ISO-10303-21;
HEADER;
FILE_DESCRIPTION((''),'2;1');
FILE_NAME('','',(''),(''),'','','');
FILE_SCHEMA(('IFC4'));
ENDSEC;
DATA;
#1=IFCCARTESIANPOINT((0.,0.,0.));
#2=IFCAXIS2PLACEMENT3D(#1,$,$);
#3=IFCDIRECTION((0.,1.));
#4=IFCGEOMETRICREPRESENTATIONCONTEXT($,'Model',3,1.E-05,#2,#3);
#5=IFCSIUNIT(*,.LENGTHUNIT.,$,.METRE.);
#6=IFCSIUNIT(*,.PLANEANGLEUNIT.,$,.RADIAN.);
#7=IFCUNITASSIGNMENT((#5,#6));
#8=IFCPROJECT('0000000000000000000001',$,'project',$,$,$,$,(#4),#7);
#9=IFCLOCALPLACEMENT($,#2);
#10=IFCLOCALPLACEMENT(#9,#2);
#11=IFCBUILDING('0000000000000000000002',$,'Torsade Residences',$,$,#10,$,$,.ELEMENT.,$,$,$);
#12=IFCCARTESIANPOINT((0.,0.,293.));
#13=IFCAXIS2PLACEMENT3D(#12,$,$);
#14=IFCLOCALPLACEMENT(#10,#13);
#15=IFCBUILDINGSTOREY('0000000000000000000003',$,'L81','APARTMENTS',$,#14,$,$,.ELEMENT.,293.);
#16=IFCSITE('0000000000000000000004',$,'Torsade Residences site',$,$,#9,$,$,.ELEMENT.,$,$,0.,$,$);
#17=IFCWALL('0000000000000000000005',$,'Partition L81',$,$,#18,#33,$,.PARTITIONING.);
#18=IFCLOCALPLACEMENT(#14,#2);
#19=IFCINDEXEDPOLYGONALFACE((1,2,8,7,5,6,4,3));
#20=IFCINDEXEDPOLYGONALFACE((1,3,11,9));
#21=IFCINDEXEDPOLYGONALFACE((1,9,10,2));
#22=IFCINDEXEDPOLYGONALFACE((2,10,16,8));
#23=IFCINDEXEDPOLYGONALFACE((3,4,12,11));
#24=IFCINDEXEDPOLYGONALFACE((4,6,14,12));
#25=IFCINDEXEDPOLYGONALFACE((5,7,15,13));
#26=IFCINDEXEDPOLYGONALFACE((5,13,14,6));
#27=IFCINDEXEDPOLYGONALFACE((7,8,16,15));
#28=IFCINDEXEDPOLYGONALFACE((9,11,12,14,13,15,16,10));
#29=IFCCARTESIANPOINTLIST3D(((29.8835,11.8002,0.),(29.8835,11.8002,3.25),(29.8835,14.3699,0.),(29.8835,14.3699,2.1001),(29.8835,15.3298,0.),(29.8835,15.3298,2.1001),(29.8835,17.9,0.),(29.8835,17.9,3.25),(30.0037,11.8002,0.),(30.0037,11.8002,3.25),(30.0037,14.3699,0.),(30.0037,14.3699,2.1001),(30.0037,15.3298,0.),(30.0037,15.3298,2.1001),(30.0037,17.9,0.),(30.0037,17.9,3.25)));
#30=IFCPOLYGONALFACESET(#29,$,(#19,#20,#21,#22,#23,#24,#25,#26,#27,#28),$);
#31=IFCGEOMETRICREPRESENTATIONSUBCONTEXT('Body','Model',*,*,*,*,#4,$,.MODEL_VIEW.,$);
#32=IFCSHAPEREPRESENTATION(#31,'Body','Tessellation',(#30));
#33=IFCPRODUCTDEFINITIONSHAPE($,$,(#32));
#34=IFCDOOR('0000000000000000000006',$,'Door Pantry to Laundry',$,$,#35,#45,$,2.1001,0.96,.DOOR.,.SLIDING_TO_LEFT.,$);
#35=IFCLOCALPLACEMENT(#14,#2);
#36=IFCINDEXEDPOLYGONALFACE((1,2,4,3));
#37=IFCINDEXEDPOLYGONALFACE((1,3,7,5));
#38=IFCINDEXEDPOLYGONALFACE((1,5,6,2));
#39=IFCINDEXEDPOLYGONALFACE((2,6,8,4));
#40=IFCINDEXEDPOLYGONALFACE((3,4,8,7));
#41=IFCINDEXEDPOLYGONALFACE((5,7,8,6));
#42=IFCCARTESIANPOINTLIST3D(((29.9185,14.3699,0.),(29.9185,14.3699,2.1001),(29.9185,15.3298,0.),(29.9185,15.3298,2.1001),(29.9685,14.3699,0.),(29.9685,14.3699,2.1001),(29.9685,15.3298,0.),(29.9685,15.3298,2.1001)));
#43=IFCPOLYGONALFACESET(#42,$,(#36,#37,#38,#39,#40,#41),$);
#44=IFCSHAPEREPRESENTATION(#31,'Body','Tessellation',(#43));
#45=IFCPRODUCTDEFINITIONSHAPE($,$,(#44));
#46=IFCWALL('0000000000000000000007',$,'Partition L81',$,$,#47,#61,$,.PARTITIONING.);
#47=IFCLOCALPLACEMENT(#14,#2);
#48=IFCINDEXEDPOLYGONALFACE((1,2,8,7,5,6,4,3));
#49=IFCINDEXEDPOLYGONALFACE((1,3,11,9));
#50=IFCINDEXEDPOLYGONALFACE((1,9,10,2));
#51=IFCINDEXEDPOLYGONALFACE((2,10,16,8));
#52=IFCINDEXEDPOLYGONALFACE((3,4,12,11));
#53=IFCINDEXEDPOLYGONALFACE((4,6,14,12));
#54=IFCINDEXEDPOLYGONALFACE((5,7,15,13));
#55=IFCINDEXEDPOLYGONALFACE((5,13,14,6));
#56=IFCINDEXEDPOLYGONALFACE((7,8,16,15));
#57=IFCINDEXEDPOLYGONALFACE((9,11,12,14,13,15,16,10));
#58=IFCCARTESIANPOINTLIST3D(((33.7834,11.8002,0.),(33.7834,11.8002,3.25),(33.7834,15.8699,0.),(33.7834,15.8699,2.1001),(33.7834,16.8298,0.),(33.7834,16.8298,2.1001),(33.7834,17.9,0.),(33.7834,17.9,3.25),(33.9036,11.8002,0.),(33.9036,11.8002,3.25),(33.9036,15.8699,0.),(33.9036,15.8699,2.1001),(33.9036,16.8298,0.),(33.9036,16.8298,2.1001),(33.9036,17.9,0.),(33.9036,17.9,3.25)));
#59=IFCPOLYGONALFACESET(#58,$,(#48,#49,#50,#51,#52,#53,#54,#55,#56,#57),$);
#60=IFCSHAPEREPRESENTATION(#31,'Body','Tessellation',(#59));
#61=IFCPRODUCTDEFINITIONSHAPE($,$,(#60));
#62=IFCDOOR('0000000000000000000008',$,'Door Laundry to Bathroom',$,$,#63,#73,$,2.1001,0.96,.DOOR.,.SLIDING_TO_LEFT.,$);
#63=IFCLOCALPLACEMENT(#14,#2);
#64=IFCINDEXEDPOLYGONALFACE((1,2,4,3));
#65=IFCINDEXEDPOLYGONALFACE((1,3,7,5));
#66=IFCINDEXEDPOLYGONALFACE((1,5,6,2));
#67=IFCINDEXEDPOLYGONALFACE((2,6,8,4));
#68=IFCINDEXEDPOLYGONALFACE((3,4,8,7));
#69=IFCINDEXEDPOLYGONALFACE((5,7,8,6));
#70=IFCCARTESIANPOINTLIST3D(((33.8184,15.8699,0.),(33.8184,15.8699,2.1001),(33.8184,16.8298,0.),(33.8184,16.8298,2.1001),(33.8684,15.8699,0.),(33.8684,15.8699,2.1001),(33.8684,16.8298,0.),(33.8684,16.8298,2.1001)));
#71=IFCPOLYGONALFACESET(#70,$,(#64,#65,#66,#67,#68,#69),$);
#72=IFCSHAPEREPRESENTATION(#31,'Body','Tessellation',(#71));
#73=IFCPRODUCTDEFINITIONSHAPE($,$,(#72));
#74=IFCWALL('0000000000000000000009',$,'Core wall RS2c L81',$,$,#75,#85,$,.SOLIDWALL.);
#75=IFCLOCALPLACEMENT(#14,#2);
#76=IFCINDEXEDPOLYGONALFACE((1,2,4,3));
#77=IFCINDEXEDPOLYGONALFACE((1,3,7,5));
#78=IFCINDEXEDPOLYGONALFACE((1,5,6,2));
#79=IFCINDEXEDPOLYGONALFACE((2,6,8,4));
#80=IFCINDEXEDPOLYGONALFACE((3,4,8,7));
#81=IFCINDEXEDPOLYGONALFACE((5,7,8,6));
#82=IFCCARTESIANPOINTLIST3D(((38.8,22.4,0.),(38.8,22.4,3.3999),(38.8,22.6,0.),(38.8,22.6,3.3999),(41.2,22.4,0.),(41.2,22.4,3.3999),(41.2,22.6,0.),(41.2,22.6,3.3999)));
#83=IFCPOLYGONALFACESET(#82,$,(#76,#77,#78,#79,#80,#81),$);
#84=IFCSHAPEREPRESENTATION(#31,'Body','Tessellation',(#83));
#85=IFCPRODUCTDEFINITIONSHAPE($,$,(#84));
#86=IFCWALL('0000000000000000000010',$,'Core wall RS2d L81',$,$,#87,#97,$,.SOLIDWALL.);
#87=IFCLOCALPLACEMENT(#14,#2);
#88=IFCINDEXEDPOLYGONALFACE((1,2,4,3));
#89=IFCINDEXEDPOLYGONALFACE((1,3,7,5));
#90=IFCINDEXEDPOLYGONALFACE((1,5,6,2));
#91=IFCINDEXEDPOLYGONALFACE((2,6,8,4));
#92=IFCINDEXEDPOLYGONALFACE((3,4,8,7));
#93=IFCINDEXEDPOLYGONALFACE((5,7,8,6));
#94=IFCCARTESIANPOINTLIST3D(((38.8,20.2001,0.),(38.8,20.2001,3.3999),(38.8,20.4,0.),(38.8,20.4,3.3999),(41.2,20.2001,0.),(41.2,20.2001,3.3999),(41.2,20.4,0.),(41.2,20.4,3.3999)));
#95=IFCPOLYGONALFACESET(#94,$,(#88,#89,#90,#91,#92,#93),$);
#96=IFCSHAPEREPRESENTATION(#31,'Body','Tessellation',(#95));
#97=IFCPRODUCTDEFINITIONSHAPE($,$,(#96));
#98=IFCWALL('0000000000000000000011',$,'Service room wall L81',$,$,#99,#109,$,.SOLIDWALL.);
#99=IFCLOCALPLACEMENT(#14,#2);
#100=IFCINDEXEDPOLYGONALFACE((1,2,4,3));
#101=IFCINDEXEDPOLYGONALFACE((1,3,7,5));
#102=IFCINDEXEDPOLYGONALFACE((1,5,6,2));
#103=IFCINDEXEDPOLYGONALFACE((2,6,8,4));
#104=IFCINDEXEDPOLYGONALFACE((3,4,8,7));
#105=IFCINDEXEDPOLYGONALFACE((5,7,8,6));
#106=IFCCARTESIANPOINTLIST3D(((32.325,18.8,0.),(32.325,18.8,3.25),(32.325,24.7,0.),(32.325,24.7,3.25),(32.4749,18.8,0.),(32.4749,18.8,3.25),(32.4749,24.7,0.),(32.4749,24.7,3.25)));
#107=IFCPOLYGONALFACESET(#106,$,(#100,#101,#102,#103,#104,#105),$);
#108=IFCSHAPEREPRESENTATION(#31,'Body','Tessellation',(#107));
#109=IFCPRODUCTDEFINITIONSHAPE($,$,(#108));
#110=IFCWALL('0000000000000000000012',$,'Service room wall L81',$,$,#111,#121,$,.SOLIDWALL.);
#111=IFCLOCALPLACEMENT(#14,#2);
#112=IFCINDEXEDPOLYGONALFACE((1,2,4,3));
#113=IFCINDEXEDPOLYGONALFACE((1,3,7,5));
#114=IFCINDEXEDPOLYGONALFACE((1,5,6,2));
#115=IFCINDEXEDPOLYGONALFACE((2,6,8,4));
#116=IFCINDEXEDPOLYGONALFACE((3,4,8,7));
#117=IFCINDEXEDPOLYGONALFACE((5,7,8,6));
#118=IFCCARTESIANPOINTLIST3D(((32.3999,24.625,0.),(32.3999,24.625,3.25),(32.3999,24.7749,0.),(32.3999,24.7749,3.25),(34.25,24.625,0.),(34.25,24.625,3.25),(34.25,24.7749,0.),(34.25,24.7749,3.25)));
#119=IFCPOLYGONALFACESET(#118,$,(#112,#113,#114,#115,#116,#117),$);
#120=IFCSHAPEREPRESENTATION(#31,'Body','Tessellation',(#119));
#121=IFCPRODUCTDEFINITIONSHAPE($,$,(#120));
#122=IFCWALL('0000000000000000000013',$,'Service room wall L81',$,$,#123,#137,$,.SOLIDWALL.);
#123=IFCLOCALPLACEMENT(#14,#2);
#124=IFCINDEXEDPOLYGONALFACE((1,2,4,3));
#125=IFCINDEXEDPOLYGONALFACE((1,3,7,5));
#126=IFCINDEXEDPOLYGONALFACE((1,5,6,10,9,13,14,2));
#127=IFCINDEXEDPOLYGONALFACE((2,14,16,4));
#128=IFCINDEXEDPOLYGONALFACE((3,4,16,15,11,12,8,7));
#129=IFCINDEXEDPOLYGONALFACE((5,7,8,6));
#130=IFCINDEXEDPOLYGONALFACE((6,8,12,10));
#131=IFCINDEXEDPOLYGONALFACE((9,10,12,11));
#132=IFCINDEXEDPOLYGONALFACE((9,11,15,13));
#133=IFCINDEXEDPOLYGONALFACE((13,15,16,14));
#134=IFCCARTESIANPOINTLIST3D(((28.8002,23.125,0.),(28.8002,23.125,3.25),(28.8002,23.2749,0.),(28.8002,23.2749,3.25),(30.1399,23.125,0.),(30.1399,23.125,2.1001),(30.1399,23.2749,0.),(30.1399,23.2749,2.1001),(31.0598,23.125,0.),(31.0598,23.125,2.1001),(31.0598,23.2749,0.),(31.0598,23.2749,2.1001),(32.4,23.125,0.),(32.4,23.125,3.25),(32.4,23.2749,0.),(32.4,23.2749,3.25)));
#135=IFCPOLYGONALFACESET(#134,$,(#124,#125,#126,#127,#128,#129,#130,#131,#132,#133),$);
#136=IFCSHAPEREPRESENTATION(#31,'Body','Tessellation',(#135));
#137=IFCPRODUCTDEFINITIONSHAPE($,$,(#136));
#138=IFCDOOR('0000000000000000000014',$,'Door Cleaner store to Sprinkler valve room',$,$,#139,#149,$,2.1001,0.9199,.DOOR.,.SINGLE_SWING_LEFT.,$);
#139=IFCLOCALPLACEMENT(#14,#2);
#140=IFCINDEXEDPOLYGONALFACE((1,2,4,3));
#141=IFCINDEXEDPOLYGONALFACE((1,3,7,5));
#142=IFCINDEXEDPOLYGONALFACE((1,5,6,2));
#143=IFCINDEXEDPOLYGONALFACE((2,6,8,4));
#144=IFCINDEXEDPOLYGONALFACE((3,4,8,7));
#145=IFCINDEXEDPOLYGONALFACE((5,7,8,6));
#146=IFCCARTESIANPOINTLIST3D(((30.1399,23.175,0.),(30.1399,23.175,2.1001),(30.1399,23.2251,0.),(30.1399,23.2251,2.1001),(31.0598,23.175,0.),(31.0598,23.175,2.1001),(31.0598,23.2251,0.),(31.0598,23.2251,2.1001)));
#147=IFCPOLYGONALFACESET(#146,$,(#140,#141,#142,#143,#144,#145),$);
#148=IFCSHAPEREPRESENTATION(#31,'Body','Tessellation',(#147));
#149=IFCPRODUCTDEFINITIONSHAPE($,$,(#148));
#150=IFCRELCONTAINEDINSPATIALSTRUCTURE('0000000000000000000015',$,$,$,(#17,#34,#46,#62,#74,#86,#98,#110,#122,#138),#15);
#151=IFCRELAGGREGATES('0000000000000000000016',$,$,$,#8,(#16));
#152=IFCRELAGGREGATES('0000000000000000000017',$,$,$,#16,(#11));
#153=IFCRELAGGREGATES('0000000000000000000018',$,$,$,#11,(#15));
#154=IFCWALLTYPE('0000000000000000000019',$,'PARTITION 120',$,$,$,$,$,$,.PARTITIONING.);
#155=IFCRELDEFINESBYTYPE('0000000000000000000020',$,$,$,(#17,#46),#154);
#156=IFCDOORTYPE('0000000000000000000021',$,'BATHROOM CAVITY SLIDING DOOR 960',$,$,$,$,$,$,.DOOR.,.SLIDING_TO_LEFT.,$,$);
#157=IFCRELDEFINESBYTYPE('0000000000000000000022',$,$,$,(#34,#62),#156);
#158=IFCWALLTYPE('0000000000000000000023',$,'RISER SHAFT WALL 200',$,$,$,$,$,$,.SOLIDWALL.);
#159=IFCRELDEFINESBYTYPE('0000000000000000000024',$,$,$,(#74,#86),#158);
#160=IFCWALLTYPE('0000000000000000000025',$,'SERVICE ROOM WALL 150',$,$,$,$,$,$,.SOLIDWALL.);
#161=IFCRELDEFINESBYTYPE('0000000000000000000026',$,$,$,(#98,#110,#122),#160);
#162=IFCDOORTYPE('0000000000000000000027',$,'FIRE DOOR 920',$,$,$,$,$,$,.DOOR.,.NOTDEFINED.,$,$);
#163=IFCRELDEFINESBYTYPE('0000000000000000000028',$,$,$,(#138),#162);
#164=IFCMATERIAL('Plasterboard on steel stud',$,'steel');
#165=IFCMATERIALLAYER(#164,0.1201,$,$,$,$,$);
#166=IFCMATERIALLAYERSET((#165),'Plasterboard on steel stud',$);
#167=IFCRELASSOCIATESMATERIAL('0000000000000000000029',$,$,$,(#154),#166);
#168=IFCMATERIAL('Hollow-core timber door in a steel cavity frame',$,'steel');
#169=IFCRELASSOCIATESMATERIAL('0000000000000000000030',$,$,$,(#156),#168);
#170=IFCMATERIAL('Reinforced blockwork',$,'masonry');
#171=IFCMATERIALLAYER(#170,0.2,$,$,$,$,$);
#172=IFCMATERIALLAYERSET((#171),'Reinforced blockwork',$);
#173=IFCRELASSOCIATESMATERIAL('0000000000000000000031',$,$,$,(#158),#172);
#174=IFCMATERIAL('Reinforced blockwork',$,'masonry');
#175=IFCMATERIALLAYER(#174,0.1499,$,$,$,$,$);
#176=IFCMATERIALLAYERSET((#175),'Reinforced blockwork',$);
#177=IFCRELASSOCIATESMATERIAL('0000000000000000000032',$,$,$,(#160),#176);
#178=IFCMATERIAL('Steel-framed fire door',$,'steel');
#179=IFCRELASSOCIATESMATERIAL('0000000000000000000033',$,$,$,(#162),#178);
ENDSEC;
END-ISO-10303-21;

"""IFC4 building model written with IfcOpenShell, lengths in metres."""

from ifc_helpers import new_model, si_unit, direction, frame, frame_2d, origin, place, context, subcontext, project, spatial, rectangle, extrude, material, layer, layer_set, type_object, element, fill, save


model = new_model("IFC4")

# Units and contexts
model_context = context("Model", 3, precision=1e-05, world=origin(), true_north=direction((0.0, 1.0)))
body_context = subcontext(model_context, "Body", "Model", "MODEL_VIEW")
ifc_project = project(units=[si_unit("LENGTHUNIT", "METRE"), si_unit("PLANEANGLEUNIT", "RADIAN")], contexts=[model_context])

# Site, building, storey
site_placement = place(None, origin())
site = spatial("IfcSite", under=ifc_project, at=site_placement, Name="Torsade Residences site", CompositionType="ELEMENT", RefElevation=0.0)
building_placement = place(site_placement, origin())
building = spatial("IfcBuilding", under=site, at=building_placement, Name="Torsade Residences", CompositionType="ELEMENT")
storey_placement = place(building_placement, frame((0.0, 0.0, 293.0)))
storey = spatial("IfcBuildingStorey", under=building, at=storey_placement, Name="L81", Description="APARTMENTS", CompositionType="ELEMENT", Elevation=293.0)

# Walls, openings, doors
ifc_material_1 = material(Name="Plasterboard on steel stud", Category="steel")
ifc_layer_1 = layer(ifc_material_1, 0.1201)
ifc_layer_set_1 = layer_set([ifc_layer_1], Name="Plasterboard on steel stud")
wall_type_1 = type_object("IfcWallType", Name="PARTITION 120", PredefinedType="PARTITIONING", material=ifc_layer_set_1)
wall_1_placement = place(storey_placement, frame((29.9436, 17.8999, 0.0), z_axis=(0.0, 0.0, 1.0), x_axis=(0.0, -1.0, 0.0)))
wall_1 = element("IfcWall", 1, at=wall_1_placement, inside=storey, type_object=wall_type_1, Name="Partition L81", PredefinedType="PARTITIONING", context=body_context, shape_type="SweptSolid", body=[
    extrude(rectangle(XDim=6.0999, YDim=0.1201, at=frame_2d((3.0498, 0.0))), origin(), (0.0, 0.0, 1.0), 3.25),
])
opening_1_placement = place(wall_1_placement, frame((2.5701, 0.0, 0.0)))
opening_1 = element("IfcOpeningElement", 2, at=opening_1_placement, cuts=wall_1, PredefinedType="OPENING", context=body_context, shape_type="SweptSolid", body=[
    extrude(rectangle(XDim=0.96, YDim=2.1001, at=frame_2d((0.48, 1.05))), frame((0.0, 0.0701, 0.0), z_axis=(0.0, -1.0, 0.0), x_axis=(1.0, 0.0, 0.0)), (0.0, 0.0, 1.0), 0.1401),
])
ifc_material_2 = material(Name="Hollow-core timber door in a steel cavity frame", Category="steel")
door_type_1 = type_object("IfcDoorType", Name="BATHROOM CAVITY SLIDING DOOR 960", OperationType="SLIDING_TO_LEFT", PredefinedType="DOOR", material=ifc_material_2)
door_1_placement = place(opening_1_placement, origin())
door_1 = element("IfcDoor", 3, at=door_1_placement, inside=storey, type_object=door_type_1, Name="Door Pantry to Laundry", OperationType="SLIDING_TO_LEFT", OverallHeight=2.1001, OverallWidth=0.96, PredefinedType="DOOR", context=body_context, shape_type="SweptSolid", body=[
    extrude(rectangle(XDim=0.96, YDim=2.1001, at=frame_2d((0.48, 1.05))), frame((0.0, 0.0249, 0.0), z_axis=(0.0, -1.0, 0.0), x_axis=(1.0, 0.0, 0.0)), (0.0, 0.0, 1.0), 0.05),
])
fill(opening_1, door_1)
wall_2_placement = place(storey_placement, frame((33.8435, 17.8999, 0.0), z_axis=(0.0, 0.0, 1.0), x_axis=(0.0, -1.0, 0.0)))
wall_2 = element("IfcWall", 4, at=wall_2_placement, inside=storey, type_object=wall_type_1, Name="Partition L81", PredefinedType="PARTITIONING", context=body_context, shape_type="SweptSolid", body=[
    extrude(rectangle(XDim=6.0999, YDim=0.1201, at=frame_2d((3.0498, 0.0))), origin(), (0.0, 0.0, 1.0), 3.25),
])
opening_2_placement = place(wall_2_placement, frame((1.0701, 0.0, 0.0)))
opening_2 = element("IfcOpeningElement", 5, at=opening_2_placement, cuts=wall_2, PredefinedType="OPENING", context=body_context, shape_type="SweptSolid", body=[
    extrude(rectangle(XDim=0.96, YDim=2.1001, at=frame_2d((0.48, 1.05))), frame((0.0, 0.0701, 0.0), z_axis=(0.0, -1.0, 0.0), x_axis=(1.0, 0.0, 0.0)), (0.0, 0.0, 1.0), 0.1401),
])
door_2_placement = place(opening_2_placement, origin())
door_2 = element("IfcDoor", 6, at=door_2_placement, inside=storey, type_object=door_type_1, Name="Door Laundry to Bathroom", OperationType="SLIDING_TO_LEFT", OverallHeight=2.1001, OverallWidth=0.96, PredefinedType="DOOR", context=body_context, shape_type="SweptSolid", body=[
    extrude(rectangle(XDim=0.96, YDim=2.1001, at=frame_2d((0.48, 1.05))), frame((0.0, 0.0249, 0.0), z_axis=(0.0, -1.0, 0.0), x_axis=(1.0, 0.0, 0.0)), (0.0, 0.0, 1.0), 0.05),
])
fill(opening_2, door_2)

# Walls
ifc_material_3 = material(Name="Reinforced blockwork", Category="masonry")
ifc_layer_2 = layer(ifc_material_3, 0.2)
ifc_layer_set_2 = layer_set([ifc_layer_2], Name="Reinforced blockwork")
wall_type_2 = type_object("IfcWallType", Name="RISER SHAFT WALL 200", PredefinedType="SOLIDWALL", material=ifc_layer_set_2)
for number, where, z_axis, x_axis, name in (
    (7, (38.8, 22.5, 0.0), (0.0, 0.0, 1.0), (1.0, 0.0, 0.0), "Core wall RS2c L81"),
    (8, (38.8, 20.3, 0.0), (0.0, 0.0, 1.0), (1.0, 0.0, 0.0), "Core wall RS2d L81"),
):
    element("IfcWall", number, at=place(storey_placement, frame(where, z_axis=z_axis, x_axis=x_axis)), inside=storey, type_object=wall_type_2, Name=name, PredefinedType="SOLIDWALL", context=body_context, shape_type="SweptSolid", body=[
        extrude(rectangle(XDim=2.3999, YDim=0.2, at=frame_2d((1.2, 0.0))), origin(), (0.0, 0.0, 1.0), 3.3999),
    ])
ifc_material_4 = material(Name="Reinforced blockwork", Category="masonry")
ifc_layer_3 = layer(ifc_material_4, 0.1499)
ifc_layer_set_3 = layer_set([ifc_layer_3], Name="Reinforced blockwork")
wall_type_3 = type_object("IfcWallType", Name="SERVICE ROOM WALL 150", PredefinedType="SOLIDWALL", material=ifc_layer_set_3)
wall_3_placement = place(storey_placement, frame((32.3999, 18.8, 0.0), z_axis=(0.0, 0.0, 1.0), x_axis=(0.0, 1.0, 0.0)))
element("IfcWall", 9, at=wall_3_placement, inside=storey, type_object=wall_type_3, Name="Service room wall L81", PredefinedType="SOLIDWALL", context=body_context, shape_type="SweptSolid", body=[
    extrude(rectangle(XDim=5.8999, YDim=0.1499, at=frame_2d((2.95, 0.0))), origin(), (0.0, 0.0, 1.0), 3.25),
])
wall_4_placement = place(storey_placement, frame((32.3999, 24.7, 0.0), z_axis=(0.0, 0.0, 1.0), x_axis=(1.0, 0.0, 0.0)))
element("IfcWall", 10, at=wall_4_placement, inside=storey, type_object=wall_type_3, Name="Service room wall L81", PredefinedType="SOLIDWALL", context=body_context, shape_type="SweptSolid", body=[
    extrude(rectangle(XDim=1.8501, YDim=0.1499, at=frame_2d((0.925, 0.0))), origin(), (0.0, 0.0, 1.0), 3.25),
])

# Wall, opening, door
wall_5_placement = place(storey_placement, frame((32.3999, 23.2, 0.0), z_axis=(0.0, 0.0, 1.0), x_axis=(-1.0, 0.0, 0.0)))
wall_5 = element("IfcWall", 11, at=wall_5_placement, inside=storey, type_object=wall_type_3, Name="Service room wall L81", PredefinedType="SOLIDWALL", context=body_context, shape_type="SweptSolid", body=[
    extrude(rectangle(XDim=3.5999, YDim=0.1499, at=frame_2d((1.7998, 0.0))), origin(), (0.0, 0.0, 1.0), 3.25),
])
opening_3_placement = place(wall_5_placement, frame((1.3401, 0.0, 0.0)))
opening_3 = element("IfcOpeningElement", 12, at=opening_3_placement, cuts=wall_5, PredefinedType="OPENING", context=body_context, shape_type="SweptSolid", body=[
    extrude(rectangle(XDim=0.9199, YDim=2.1001, at=frame_2d((0.46, 1.05))), frame((0.0, 0.085, 0.0), z_axis=(0.0, -1.0, 0.0), x_axis=(1.0, 0.0, 0.0)), (0.0, 0.0, 1.0), 0.1699),
])
ifc_material_5 = material(Name="Steel-framed fire door", Category="steel")
door_type_2 = type_object("IfcDoorType", Name="FIRE DOOR 920", OperationType="NOTDEFINED", PredefinedType="DOOR", material=ifc_material_5)
door_3_placement = place(opening_3_placement, origin())
door_3 = element("IfcDoor", 13, at=door_3_placement, inside=storey, type_object=door_type_2, Name="Door Cleaner store to Sprinkler valve room", OperationType="SINGLE_SWING_LEFT", OverallHeight=2.1001, OverallWidth=0.9199, PredefinedType="DOOR", context=body_context, shape_type="SweptSolid", body=[
    extrude(rectangle(XDim=0.9199, YDim=2.1001, at=frame_2d((0.46, 1.05))), frame((0.0, 0.0249, 0.0), z_axis=(0.0, -1.0, 0.0), x_axis=(1.0, 0.0, 0.0)), (0.0, 0.0, 1.0), 0.05),
])
fill(opening_3, door_3)

save(model, "model.ifc")
